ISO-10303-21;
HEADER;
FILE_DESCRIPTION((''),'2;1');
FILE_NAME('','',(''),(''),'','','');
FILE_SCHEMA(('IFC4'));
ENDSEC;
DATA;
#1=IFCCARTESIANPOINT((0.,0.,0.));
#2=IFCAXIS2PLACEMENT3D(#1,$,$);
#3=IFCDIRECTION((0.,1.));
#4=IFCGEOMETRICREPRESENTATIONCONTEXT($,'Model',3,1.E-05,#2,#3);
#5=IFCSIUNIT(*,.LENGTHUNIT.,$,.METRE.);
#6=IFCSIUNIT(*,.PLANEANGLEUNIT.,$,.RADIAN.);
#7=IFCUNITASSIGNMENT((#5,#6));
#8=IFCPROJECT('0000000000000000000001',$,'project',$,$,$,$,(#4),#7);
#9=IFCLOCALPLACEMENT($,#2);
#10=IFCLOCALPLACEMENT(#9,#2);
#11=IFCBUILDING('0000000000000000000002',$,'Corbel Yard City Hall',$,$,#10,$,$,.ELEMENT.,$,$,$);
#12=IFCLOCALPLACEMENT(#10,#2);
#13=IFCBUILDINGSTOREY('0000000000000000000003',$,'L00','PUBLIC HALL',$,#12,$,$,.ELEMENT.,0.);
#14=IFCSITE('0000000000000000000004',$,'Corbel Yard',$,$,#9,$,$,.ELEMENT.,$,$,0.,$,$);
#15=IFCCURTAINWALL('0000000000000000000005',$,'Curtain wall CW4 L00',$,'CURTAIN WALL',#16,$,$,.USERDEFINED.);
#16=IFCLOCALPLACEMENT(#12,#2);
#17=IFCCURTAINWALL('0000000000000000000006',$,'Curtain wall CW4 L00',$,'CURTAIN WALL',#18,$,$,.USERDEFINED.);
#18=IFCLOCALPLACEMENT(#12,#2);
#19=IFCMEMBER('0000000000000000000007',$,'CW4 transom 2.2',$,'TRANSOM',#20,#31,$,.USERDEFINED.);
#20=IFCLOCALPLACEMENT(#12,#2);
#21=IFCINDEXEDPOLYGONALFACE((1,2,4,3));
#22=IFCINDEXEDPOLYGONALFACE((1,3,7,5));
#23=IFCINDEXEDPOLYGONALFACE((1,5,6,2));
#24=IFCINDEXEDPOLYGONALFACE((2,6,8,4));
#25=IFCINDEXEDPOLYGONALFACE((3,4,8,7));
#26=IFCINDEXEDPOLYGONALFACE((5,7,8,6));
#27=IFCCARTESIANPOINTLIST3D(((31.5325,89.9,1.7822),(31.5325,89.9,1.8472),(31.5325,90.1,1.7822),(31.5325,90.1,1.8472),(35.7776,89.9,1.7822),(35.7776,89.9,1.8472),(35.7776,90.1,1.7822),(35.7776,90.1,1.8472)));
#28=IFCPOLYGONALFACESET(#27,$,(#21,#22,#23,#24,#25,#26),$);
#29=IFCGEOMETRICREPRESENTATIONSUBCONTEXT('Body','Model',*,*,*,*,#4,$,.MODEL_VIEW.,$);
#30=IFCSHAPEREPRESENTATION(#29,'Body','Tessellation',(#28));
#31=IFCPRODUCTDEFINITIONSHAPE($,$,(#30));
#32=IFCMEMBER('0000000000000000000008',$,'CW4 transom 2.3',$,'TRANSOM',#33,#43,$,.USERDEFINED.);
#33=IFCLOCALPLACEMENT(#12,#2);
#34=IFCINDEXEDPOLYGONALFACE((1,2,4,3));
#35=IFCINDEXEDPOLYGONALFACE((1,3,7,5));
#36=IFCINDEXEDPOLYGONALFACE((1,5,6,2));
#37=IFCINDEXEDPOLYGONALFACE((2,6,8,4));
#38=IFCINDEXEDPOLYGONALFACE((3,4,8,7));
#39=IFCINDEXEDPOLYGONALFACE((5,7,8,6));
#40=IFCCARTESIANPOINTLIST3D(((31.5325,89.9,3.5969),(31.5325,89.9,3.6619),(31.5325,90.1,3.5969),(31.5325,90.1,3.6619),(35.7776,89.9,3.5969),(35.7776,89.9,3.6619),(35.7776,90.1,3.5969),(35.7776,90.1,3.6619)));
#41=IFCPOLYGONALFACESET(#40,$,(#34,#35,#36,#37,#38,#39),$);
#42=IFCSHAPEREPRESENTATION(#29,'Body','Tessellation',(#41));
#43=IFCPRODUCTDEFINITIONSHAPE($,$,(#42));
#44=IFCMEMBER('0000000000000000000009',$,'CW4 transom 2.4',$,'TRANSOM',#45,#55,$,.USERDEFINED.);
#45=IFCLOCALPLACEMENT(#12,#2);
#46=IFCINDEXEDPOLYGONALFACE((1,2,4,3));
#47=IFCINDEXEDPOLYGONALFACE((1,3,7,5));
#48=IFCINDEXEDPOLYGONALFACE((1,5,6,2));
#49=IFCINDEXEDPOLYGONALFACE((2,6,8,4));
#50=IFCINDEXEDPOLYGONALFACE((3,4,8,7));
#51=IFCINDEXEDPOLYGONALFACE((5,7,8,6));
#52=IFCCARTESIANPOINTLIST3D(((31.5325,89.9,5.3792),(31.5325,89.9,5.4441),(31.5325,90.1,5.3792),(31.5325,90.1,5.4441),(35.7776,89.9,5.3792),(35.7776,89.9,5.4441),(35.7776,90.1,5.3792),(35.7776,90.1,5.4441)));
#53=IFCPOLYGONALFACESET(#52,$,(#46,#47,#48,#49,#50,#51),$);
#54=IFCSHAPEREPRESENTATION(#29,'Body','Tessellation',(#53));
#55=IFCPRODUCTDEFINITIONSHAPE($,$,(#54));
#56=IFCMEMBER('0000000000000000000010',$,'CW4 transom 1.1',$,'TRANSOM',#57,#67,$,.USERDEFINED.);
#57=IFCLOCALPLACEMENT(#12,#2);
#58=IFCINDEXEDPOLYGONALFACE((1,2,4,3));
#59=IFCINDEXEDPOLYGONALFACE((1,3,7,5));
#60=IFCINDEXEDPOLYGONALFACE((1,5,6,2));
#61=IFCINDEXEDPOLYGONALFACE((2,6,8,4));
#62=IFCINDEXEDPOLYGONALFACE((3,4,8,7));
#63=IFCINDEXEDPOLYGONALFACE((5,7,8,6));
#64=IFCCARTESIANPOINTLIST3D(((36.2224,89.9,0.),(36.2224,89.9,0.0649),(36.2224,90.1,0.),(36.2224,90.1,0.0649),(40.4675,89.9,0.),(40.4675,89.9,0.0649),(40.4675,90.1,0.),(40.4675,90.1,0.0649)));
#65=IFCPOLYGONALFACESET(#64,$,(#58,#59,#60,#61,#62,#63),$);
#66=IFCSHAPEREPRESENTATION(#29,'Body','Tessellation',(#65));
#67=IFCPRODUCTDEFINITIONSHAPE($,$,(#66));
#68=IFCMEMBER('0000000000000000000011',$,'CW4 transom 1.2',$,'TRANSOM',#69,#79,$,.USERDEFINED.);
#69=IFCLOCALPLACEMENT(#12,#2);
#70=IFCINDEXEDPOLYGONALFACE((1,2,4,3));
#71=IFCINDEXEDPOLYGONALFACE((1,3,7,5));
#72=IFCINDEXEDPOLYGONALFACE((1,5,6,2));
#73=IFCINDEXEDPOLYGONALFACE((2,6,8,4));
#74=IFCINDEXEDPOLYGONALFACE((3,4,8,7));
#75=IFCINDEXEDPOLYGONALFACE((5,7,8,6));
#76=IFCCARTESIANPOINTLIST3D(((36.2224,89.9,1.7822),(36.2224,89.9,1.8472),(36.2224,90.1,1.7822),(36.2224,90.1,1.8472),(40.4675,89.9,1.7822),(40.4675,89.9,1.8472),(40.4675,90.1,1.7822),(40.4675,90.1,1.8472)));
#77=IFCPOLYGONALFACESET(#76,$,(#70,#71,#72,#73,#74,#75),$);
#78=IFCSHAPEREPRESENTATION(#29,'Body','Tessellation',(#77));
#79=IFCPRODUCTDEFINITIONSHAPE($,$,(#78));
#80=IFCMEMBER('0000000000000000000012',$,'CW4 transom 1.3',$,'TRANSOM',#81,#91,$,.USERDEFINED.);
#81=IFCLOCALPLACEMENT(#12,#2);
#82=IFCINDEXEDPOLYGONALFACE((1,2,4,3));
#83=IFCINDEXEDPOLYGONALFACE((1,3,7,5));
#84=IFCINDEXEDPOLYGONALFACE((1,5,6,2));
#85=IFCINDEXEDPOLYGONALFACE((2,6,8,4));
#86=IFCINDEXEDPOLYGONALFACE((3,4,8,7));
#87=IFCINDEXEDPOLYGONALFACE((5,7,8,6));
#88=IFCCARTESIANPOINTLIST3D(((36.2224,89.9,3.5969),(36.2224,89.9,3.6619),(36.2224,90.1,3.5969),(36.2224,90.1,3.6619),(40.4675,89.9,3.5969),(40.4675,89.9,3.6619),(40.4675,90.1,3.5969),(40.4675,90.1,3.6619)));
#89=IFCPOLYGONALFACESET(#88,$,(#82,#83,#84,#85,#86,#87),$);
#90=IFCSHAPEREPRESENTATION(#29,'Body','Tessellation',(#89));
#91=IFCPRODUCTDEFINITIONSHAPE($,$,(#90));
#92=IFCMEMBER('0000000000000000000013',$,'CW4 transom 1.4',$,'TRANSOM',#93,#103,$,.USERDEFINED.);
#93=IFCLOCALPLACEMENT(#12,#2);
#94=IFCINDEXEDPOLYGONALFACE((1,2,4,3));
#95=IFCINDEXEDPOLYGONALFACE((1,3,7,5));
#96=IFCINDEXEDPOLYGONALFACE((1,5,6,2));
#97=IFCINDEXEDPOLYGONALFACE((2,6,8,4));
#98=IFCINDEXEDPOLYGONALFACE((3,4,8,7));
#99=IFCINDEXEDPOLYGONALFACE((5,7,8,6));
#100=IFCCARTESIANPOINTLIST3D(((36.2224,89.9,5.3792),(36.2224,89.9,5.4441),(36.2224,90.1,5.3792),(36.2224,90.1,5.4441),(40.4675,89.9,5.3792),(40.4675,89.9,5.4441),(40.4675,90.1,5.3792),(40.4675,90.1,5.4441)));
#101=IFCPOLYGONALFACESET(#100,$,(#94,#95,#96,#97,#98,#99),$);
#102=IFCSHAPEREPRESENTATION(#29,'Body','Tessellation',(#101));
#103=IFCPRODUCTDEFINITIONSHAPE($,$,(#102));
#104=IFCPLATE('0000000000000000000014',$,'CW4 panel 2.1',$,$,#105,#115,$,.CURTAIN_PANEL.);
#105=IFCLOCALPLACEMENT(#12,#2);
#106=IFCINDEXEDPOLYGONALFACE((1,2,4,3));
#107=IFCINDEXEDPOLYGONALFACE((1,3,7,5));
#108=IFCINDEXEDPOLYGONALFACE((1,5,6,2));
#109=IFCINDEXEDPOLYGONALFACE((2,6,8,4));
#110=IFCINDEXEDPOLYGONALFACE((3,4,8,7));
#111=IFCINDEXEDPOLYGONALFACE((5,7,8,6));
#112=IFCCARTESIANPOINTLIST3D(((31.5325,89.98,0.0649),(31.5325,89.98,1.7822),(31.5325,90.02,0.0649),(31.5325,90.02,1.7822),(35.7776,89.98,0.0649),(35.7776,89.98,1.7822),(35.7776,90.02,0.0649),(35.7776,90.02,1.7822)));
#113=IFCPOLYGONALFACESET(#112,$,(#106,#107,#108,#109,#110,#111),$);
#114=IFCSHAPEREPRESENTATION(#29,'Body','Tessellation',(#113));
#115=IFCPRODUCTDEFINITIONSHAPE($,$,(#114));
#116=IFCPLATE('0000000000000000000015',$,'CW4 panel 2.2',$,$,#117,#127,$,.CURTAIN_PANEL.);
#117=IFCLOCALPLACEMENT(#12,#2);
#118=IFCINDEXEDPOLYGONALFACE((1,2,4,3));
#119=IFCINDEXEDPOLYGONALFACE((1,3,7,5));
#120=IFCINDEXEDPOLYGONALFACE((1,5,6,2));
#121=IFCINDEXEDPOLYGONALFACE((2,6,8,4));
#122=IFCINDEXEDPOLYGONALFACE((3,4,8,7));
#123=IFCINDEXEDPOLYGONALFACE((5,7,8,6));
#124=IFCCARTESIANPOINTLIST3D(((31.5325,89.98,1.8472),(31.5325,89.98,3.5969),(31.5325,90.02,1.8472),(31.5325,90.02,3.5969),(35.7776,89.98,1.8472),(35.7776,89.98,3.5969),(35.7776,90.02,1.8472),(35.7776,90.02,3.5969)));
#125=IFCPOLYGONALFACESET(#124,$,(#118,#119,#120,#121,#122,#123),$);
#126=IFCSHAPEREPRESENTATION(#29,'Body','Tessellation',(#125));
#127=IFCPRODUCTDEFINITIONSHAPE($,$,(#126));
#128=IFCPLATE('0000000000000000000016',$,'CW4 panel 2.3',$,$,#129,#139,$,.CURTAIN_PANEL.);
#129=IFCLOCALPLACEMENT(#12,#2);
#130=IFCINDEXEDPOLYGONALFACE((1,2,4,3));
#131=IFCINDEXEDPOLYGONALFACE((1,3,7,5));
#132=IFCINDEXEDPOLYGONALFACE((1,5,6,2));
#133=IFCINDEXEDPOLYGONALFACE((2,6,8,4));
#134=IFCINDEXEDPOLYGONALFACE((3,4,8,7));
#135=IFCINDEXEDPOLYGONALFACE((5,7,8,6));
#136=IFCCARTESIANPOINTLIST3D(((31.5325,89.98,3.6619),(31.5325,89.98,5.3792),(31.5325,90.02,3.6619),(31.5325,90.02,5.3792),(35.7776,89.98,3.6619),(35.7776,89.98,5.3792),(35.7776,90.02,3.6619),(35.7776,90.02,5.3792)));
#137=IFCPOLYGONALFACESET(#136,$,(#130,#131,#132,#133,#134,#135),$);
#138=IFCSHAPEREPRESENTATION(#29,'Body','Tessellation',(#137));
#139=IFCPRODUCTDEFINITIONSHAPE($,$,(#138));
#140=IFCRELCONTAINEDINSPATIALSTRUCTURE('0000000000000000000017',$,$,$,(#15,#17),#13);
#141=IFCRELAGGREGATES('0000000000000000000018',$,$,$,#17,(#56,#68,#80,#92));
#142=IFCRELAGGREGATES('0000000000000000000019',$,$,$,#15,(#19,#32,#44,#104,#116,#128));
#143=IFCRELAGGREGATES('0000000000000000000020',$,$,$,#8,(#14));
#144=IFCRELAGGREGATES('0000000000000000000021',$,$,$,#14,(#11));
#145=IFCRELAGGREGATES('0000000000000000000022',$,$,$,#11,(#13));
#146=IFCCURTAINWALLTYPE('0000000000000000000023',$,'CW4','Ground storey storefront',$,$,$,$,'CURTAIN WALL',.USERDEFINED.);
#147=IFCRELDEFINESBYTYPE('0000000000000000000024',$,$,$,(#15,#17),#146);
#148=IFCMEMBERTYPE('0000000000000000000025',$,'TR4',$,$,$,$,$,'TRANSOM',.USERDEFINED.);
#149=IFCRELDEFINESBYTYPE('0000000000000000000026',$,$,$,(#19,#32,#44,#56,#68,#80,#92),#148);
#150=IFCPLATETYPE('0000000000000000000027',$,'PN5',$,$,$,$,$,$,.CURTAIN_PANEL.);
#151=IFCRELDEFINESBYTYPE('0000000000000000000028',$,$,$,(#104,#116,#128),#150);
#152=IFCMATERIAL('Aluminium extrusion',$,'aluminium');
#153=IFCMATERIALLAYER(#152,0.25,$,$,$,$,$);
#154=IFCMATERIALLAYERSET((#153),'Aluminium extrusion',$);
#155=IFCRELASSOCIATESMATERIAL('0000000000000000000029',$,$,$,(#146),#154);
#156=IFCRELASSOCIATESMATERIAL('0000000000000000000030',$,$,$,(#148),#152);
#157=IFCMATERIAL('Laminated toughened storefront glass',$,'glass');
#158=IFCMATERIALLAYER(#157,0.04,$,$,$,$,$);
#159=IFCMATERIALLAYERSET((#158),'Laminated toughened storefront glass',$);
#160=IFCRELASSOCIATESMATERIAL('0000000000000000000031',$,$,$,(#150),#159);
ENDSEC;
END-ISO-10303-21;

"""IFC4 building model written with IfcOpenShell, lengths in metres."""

from ifc_helpers import new_model, si_unit, direction, frame, origin, origin_2d, place, context, subcontext, project, spatial, rectangle, extrude, material, layer, layer_set, material_profile, profile_set, type_object, element, aggregate, save


model = new_model("IFC4")

# Units and contexts
model_context = context("Model", 3, precision=1e-05, world=origin(), true_north=direction((0.0, 1.0)))
body_context = subcontext(model_context, "Body", "Model", "MODEL_VIEW")
ifc_project = project(units=[si_unit("LENGTHUNIT", "METRE"), si_unit("PLANEANGLEUNIT", "RADIAN")], contexts=[model_context])

# Site, building, storey
site_placement = place(None, origin())
site = spatial("IfcSite", under=ifc_project, at=site_placement, Name="Corbel Yard", CompositionType="ELEMENT", RefElevation=0.0)
building_placement = place(site_placement, origin())
building = spatial("IfcBuilding", under=site, at=building_placement, Name="Corbel Yard City Hall", CompositionType="ELEMENT")
storey_placement = place(building_placement, origin())
storey = spatial("IfcBuildingStorey", under=building, at=storey_placement, Name="L00", Description="PUBLIC HALL", CompositionType="ELEMENT", Elevation=0.0)

# Curtain walls
ifc_material_1 = material(Name="Aluminium extrusion", Category="aluminium")
ifc_layer_1 = layer(ifc_material_1, 0.25)
ifc_layer_set_1 = layer_set([ifc_layer_1], Name="Aluminium extrusion")
curtain_wall_type = type_object("IfcCurtainWallType", Name="CW4", Description="Ground storey storefront", ElementType="CURTAIN WALL", PredefinedType="USERDEFINED", material=ifc_layer_set_1)
curtain_wall_1_placement = place(storey_placement, origin())
curtain_wall_1 = element("IfcCurtainWall", 1, at=curtain_wall_1_placement, inside=storey, type_object=curtain_wall_type, Name="Curtain wall CW4 L00", ObjectType="CURTAIN WALL", PredefinedType="USERDEFINED")
curtain_wall_2_placement = place(storey_placement, origin())
curtain_wall_2 = element("IfcCurtainWall", 2, at=curtain_wall_2_placement, inside=storey, type_object=curtain_wall_type, Name="Curtain wall CW4 L00", ObjectType="CURTAIN WALL", PredefinedType="USERDEFINED")

# Members
ifc_material_profile_1 = material_profile(ifc_material_1, rectangle(XDim=0.2, YDim=0.0649, at=origin_2d()), Name="200x65")
ifc_profile_set_1 = profile_set([ifc_material_profile_1], Name="Aluminium extrusion")
member_type_1 = type_object("IfcMemberType", Name="TR4", ElementType="TRANSOM", PredefinedType="USERDEFINED", material=ifc_profile_set_1)
member_1_placement = place(storey_placement, frame((31.5325, 90.0, 1.8147), z_axis=(1.0, 0.0, 0.0), x_axis=(0.0, 1.0, 0.0)))
member_1 = element("IfcMember", 3, at=member_1_placement, type_object=member_type_1, Name="CW4 transom 2.2", ObjectType="TRANSOM", PredefinedType="USERDEFINED", context=body_context, shape_type="SweptSolid", body=[
    extrude(rectangle(XDim=0.2, YDim=0.0649, at=origin_2d()), origin(), (0.0, 0.0, 1.0), 4.2451),
])
member_2_placement = place(storey_placement, frame((31.5325, 90.0, 3.6294), z_axis=(1.0, 0.0, 0.0), x_axis=(0.0, 1.0, 0.0)))
member_2 = element("IfcMember", 4, at=member_2_placement, type_object=member_type_1, Name="CW4 transom 2.3", ObjectType="TRANSOM", PredefinedType="USERDEFINED", context=body_context, shape_type="SweptSolid", body=[
    extrude(rectangle(XDim=0.2, YDim=0.0649, at=origin_2d()), origin(), (0.0, 0.0, 1.0), 4.2451),
])
member_3_placement = place(storey_placement, frame((31.5325, 90.0, 5.4116), z_axis=(1.0, 0.0, 0.0), x_axis=(0.0, 1.0, 0.0)))
member_3 = element("IfcMember", 5, at=member_3_placement, type_object=member_type_1, Name="CW4 transom 2.4", ObjectType="TRANSOM", PredefinedType="USERDEFINED", context=body_context, shape_type="SweptSolid", body=[
    extrude(rectangle(XDim=0.2, YDim=0.0649, at=origin_2d()), origin(), (0.0, 0.0, 1.0), 4.2451),
])
member_4_placement = place(storey_placement, frame((36.2224, 90.0, 0.0325), z_axis=(1.0, 0.0, 0.0), x_axis=(0.0, 1.0, 0.0)))
member_4 = element("IfcMember", 6, at=member_4_placement, type_object=member_type_1, Name="CW4 transom 1.1", ObjectType="TRANSOM", PredefinedType="USERDEFINED", context=body_context, shape_type="SweptSolid", body=[
    extrude(rectangle(XDim=0.2, YDim=0.0649, at=origin_2d()), origin(), (0.0, 0.0, 1.0), 4.2451),
])
member_5_placement = place(storey_placement, frame((36.2224, 90.0, 1.8147), z_axis=(1.0, 0.0, 0.0), x_axis=(0.0, 1.0, 0.0)))
member_5 = element("IfcMember", 7, at=member_5_placement, type_object=member_type_1, Name="CW4 transom 1.2", ObjectType="TRANSOM", PredefinedType="USERDEFINED", context=body_context, shape_type="SweptSolid", body=[
    extrude(rectangle(XDim=0.2, YDim=0.0649, at=origin_2d()), origin(), (0.0, 0.0, 1.0), 4.2451),
])
member_6_placement = place(storey_placement, frame((36.2224, 90.0, 3.6294), z_axis=(1.0, 0.0, 0.0), x_axis=(0.0, 1.0, 0.0)))
member_6 = element("IfcMember", 8, at=member_6_placement, type_object=member_type_1, Name="CW4 transom 1.3", ObjectType="TRANSOM", PredefinedType="USERDEFINED", context=body_context, shape_type="SweptSolid", body=[
    extrude(rectangle(XDim=0.2, YDim=0.0649, at=origin_2d()), origin(), (0.0, 0.0, 1.0), 4.2451),
])
member_7_placement = place(storey_placement, frame((36.2224, 90.0, 5.4116), z_axis=(1.0, 0.0, 0.0), x_axis=(0.0, 1.0, 0.0)))
member_7 = element("IfcMember", 9, at=member_7_placement, type_object=member_type_1, Name="CW4 transom 1.4", ObjectType="TRANSOM", PredefinedType="USERDEFINED", context=body_context, shape_type="SweptSolid", body=[
    extrude(rectangle(XDim=0.2, YDim=0.0649, at=origin_2d()), origin(), (0.0, 0.0, 1.0), 4.2451),
])
aggregate(curtain_wall_2, [member_4, member_5, member_6, member_7])

# Plates
ifc_material_2 = material(Name="Laminated toughened storefront glass", Category="glass")
ifc_layer_2 = layer(ifc_material_2, 0.04)
ifc_layer_set_2 = layer_set([ifc_layer_2], Name="Laminated toughened storefront glass")
plate_type = type_object("IfcPlateType", Name="PN5", PredefinedType="CURTAIN_PANEL", material=ifc_layer_set_2)
plate_1_placement = place(storey_placement, frame((33.655, 90.0, 0.0649), z_axis=(0.0, 0.0, 1.0), x_axis=(1.0, 0.0, 0.0)))
plate_1 = element("IfcPlate", 10, at=plate_1_placement, type_object=plate_type, Name="CW4 panel 2.1", PredefinedType="CURTAIN_PANEL", context=body_context, shape_type="SweptSolid", body=[
    extrude(rectangle(XDim=4.2451, YDim=0.04, at=origin_2d()), origin(), (0.0, 0.0, 1.0), 1.7173),
])
plate_2_placement = place(storey_placement, frame((33.655, 90.0, 1.8472), z_axis=(0.0, 0.0, 1.0), x_axis=(1.0, 0.0, 0.0)))
plate_2 = element("IfcPlate", 11, at=plate_2_placement, type_object=plate_type, Name="CW4 panel 2.2", PredefinedType="CURTAIN_PANEL", context=body_context, shape_type="SweptSolid", body=[
    extrude(rectangle(XDim=4.2451, YDim=0.04, at=origin_2d()), origin(), (0.0, 0.0, 1.0), 1.7498),
])
plate_3_placement = place(storey_placement, frame((33.655, 90.0, 3.6619), z_axis=(0.0, 0.0, 1.0), x_axis=(1.0, 0.0, 0.0)))
plate_3 = element("IfcPlate", 12, at=plate_3_placement, type_object=plate_type, Name="CW4 panel 2.3", PredefinedType="CURTAIN_PANEL", context=body_context, shape_type="SweptSolid", body=[
    extrude(rectangle(XDim=4.2451, YDim=0.04, at=origin_2d()), origin(), (0.0, 0.0, 1.0), 1.7173),
])
aggregate(curtain_wall_1, [member_1, member_2, member_3, plate_1, plate_2, plate_3])

save(model, "model.ifc")
